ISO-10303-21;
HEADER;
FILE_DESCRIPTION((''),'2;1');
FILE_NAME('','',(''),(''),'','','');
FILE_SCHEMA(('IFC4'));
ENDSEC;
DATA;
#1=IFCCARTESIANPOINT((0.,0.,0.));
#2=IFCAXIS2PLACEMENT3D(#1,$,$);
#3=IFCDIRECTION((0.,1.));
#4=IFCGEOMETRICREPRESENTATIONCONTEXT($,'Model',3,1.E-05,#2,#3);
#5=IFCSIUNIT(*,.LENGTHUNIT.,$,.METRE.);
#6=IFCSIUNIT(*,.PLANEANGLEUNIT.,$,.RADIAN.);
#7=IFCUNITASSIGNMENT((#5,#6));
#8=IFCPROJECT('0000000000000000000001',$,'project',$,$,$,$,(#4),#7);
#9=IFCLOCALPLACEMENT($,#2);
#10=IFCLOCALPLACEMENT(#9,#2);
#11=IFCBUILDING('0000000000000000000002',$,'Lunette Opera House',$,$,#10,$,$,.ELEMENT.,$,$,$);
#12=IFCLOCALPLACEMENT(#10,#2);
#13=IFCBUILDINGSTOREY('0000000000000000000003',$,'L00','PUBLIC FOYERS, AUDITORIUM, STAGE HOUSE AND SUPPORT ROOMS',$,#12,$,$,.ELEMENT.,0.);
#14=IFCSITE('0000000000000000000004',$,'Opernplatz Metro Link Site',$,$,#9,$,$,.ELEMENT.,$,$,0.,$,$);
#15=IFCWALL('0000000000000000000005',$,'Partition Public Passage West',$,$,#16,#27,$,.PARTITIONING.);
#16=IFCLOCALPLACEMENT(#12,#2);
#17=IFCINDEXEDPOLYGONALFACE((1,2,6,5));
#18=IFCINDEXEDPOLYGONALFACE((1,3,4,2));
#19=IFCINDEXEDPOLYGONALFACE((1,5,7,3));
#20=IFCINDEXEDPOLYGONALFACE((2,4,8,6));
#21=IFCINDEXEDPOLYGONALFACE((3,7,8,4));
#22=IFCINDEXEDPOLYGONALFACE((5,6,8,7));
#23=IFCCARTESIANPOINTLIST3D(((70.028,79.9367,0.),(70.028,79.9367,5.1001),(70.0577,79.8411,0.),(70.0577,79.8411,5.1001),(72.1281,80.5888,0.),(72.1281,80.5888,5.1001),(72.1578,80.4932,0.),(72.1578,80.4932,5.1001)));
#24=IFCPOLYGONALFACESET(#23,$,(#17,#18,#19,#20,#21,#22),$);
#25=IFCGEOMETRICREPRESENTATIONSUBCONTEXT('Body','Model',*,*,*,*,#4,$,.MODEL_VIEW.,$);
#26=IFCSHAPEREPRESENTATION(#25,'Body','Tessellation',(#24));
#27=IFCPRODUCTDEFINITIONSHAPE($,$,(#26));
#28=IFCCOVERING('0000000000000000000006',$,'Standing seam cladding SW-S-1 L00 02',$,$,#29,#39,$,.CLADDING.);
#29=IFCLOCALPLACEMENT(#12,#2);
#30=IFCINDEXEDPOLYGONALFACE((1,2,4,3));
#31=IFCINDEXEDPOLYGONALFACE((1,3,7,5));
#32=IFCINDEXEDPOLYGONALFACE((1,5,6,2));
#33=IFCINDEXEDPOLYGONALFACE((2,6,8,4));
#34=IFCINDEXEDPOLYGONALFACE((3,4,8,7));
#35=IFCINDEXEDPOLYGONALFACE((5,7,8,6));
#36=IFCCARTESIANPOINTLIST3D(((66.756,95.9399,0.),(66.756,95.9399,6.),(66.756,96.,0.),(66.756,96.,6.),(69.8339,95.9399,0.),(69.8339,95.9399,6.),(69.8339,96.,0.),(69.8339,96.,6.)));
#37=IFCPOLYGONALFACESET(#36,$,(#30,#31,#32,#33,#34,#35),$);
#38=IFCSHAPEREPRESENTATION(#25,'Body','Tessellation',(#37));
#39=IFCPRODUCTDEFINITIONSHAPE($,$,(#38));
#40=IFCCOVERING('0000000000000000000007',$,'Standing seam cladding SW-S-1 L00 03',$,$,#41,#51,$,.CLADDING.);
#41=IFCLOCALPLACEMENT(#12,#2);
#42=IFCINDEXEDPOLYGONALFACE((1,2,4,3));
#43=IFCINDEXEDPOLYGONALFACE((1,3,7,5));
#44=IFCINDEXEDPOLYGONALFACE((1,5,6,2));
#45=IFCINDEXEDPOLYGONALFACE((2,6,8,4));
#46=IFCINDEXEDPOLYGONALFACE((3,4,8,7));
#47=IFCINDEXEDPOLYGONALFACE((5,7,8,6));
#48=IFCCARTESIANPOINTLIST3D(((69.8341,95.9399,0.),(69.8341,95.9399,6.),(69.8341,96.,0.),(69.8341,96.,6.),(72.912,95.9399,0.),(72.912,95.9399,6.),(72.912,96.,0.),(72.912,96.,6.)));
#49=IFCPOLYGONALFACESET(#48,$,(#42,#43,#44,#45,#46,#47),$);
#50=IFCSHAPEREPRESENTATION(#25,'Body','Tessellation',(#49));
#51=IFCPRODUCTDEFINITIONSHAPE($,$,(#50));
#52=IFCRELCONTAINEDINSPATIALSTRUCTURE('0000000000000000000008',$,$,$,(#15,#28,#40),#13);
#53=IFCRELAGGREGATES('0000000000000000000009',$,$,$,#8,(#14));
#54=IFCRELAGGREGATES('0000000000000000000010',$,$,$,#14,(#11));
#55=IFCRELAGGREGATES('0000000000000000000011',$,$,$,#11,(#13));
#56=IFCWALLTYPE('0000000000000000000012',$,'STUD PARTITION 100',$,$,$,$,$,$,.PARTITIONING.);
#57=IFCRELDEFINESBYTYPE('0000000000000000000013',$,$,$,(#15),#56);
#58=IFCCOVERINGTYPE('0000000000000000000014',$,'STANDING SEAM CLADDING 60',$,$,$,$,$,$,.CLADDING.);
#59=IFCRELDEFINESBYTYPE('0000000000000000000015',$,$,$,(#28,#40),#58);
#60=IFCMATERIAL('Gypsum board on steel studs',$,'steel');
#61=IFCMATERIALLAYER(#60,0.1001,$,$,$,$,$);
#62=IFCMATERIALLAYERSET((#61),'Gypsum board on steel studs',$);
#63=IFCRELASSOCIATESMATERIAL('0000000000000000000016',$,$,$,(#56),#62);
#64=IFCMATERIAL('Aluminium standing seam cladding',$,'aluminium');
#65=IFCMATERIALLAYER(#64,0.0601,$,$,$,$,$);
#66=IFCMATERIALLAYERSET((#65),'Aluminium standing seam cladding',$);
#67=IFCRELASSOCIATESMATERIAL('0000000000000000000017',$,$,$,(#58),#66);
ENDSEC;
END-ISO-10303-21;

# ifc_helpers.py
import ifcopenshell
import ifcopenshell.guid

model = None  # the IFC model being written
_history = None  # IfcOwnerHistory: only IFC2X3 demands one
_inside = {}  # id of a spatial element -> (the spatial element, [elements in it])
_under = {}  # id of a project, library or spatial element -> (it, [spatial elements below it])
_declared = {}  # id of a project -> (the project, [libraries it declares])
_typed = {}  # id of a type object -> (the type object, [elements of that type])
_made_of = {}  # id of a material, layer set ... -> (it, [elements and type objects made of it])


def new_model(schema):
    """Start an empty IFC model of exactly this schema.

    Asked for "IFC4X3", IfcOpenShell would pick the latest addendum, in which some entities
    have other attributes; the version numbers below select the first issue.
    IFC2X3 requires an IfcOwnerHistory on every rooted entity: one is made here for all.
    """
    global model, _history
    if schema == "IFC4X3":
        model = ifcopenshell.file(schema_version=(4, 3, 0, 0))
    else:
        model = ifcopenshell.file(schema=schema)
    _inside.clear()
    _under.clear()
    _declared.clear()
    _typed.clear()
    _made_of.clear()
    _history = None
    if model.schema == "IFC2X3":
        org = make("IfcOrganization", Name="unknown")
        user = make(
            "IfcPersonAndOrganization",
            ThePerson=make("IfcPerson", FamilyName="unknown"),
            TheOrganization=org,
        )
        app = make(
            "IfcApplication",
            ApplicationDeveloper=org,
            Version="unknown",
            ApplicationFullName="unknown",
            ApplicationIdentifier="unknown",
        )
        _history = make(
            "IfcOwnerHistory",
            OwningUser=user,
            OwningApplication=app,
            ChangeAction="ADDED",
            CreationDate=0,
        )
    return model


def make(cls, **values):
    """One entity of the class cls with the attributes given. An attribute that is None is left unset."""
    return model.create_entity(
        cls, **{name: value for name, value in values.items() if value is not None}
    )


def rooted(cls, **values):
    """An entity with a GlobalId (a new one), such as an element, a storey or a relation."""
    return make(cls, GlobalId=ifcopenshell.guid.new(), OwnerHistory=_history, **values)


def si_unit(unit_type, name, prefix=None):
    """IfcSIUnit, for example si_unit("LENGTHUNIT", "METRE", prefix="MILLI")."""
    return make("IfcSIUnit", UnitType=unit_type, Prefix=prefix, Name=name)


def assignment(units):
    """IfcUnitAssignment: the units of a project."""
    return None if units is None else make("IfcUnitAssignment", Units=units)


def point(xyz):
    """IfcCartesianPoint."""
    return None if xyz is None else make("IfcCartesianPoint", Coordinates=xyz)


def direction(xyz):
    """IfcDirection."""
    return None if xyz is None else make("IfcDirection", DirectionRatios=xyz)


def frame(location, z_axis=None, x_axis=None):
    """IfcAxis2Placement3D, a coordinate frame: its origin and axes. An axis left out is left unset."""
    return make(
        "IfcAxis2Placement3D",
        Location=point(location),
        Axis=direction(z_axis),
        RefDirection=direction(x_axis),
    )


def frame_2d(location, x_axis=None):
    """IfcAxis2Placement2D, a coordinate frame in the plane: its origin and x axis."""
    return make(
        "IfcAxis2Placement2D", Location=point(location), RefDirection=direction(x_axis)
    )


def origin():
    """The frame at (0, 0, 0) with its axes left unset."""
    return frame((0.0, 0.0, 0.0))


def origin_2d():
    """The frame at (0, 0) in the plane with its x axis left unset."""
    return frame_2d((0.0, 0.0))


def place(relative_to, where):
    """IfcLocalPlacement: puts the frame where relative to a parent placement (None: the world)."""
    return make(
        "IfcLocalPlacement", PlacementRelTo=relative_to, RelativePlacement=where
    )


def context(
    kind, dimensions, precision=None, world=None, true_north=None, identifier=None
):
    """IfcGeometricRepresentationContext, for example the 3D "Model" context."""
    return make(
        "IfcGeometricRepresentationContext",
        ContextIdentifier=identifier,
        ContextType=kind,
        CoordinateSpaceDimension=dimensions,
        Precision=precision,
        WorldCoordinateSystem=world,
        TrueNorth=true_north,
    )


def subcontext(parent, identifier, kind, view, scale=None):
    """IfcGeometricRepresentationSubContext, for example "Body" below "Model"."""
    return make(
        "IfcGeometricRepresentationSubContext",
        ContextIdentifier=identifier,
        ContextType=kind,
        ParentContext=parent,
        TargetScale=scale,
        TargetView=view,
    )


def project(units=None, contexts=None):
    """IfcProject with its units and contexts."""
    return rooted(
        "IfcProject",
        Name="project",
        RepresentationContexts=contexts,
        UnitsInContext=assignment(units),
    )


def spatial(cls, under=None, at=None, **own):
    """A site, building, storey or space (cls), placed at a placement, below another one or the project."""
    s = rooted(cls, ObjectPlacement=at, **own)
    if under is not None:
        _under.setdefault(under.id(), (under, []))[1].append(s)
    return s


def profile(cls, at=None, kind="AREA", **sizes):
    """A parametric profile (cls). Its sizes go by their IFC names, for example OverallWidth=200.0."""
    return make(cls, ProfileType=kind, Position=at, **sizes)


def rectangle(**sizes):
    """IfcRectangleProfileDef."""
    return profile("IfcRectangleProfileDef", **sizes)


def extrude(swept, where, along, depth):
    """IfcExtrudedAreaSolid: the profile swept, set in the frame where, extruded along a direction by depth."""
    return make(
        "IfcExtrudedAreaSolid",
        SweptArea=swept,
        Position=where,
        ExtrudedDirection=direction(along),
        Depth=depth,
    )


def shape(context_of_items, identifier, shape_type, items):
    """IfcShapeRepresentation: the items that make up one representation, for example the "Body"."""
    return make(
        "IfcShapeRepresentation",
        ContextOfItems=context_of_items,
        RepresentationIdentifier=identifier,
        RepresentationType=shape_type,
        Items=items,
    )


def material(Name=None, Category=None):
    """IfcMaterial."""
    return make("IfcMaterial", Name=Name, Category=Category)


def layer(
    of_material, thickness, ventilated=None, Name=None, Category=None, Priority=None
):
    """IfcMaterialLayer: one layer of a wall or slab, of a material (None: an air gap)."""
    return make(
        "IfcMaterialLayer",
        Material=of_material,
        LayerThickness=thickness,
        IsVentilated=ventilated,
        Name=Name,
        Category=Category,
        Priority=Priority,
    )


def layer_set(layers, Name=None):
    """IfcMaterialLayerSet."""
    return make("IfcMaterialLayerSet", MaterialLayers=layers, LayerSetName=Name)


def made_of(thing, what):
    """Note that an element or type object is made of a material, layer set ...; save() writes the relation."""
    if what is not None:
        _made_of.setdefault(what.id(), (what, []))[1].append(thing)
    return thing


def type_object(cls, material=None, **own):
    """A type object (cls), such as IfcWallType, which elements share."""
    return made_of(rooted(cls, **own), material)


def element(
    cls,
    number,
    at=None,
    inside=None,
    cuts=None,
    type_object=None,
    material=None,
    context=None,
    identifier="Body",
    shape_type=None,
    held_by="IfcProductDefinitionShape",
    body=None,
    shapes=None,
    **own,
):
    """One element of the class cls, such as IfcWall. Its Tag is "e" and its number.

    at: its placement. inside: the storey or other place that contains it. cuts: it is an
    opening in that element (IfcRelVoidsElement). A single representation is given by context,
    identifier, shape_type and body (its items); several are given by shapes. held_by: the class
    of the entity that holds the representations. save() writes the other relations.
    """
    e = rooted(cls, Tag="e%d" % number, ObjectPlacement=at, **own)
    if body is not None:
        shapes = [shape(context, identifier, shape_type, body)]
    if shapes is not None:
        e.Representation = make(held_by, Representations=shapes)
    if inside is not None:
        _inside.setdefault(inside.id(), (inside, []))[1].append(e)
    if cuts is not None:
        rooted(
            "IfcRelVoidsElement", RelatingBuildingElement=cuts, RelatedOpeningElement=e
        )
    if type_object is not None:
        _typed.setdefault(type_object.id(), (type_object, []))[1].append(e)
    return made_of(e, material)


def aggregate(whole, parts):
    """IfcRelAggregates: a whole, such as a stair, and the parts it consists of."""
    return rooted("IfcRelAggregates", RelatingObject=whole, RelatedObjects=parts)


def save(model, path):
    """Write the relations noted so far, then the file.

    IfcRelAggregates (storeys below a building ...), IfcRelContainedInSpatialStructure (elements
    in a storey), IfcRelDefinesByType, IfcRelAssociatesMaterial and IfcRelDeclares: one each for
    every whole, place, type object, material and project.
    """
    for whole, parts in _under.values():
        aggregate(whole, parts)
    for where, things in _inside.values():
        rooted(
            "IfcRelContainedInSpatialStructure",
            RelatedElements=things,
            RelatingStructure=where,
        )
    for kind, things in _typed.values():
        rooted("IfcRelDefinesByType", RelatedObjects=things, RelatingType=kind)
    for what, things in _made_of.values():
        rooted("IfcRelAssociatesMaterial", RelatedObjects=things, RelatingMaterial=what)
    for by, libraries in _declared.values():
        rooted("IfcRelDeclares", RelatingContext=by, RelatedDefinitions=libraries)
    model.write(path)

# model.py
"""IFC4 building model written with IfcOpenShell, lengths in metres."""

from ifc_helpers import new_model, si_unit, direction, frame, frame_2d, origin, origin_2d, place, context, subcontext, project, spatial, rectangle, extrude, material, layer, layer_set, type_object, element, save


model = new_model("IFC4")

# Units and contexts
model_context = context("Model", 3, precision=1e-05, world=origin(), true_north=direction((0.0, 1.0)))
body_context = subcontext(model_context, "Body", "Model", "MODEL_VIEW")
ifc_project = project(units=[si_unit("LENGTHUNIT", "METRE"), si_unit("PLANEANGLEUNIT", "RADIAN")], contexts=[model_context])

# Site, building, storey
site_placement = place(None, origin())
site = spatial("IfcSite", under=ifc_project, at=site_placement, Name="Opernplatz Metro Link Site", CompositionType="ELEMENT", RefElevation=0.0)
building_placement = place(site_placement, origin())
building = spatial("IfcBuilding", under=site, at=building_placement, Name="Lunette Opera House", CompositionType="ELEMENT")
storey_placement = place(building_placement, origin())
storey = spatial("IfcBuildingStorey", under=building, at=storey_placement, Name="L00", Description="PUBLIC FOYERS, AUDITORIUM, STAGE HOUSE AND SUPPORT ROOMS", CompositionType="ELEMENT", Elevation=0.0)

# Wall
ifc_material_1 = material(Name="Gypsum board on steel studs", Category="steel")
ifc_layer_1 = layer(ifc_material_1, 0.1001)
ifc_layer_set_1 = layer_set([ifc_layer_1], Name="Gypsum board on steel studs")
wall_type = type_object("IfcWallType", Name="STUD PARTITION 100", PredefinedType="PARTITIONING", material=ifc_layer_set_1)
wall_1_placement = place(storey_placement, frame((72.1431, 80.541, 0.0), z_axis=(0.0, 0.0, 1.0), x_axis=(-0.95502, -0.296542, 0.0)))
element("IfcWall", 1, at=wall_1_placement, inside=storey, type_object=wall_type, Name="Partition Public Passage West", PredefinedType="PARTITIONING", context=body_context, shape_type="SweptSolid", body=[
    extrude(rectangle(XDim=2.199, YDim=0.1001, at=frame_2d((1.0996, 0.0))), origin(), (0.0, 0.0, 1.0), 5.1001),
])

# Coverings
ifc_material_2 = material(Name="Aluminium standing seam cladding", Category="aluminium")
ifc_layer_2 = layer(ifc_material_2, 0.0601)
ifc_layer_set_2 = layer_set([ifc_layer_2], Name="Aluminium standing seam cladding")
covering_type = type_object("IfcCoveringType", Name="STANDING SEAM CLADDING 60", PredefinedType="CLADDING", material=ifc_layer_set_2)
for number, where, z_axis, x_axis, name in (
    (2, (68.2949, 95.97, 0.0), (0.0, 0.0, 1.0), (1.0, 0.0, 0.0), "Standing seam cladding SW-S-1 L00 02"),
    (3, (71.373, 95.97, 0.0), (0.0, 0.0, 1.0), (1.0, 0.0, 0.0), "Standing seam cladding SW-S-1 L00 03"),
):
    element("IfcCovering", number, at=place(storey_placement, frame(where, z_axis=z_axis, x_axis=x_axis)), inside=storey, type_object=covering_type, Name=name, PredefinedType="CLADDING", context=body_context, shape_type="SweptSolid", body=[
        extrude(rectangle(XDim=3.0779, YDim=0.0601, at=origin_2d()), origin(), (0.0, 0.0, 1.0), 6.0),
    ])

save(model, "model.ifc")
